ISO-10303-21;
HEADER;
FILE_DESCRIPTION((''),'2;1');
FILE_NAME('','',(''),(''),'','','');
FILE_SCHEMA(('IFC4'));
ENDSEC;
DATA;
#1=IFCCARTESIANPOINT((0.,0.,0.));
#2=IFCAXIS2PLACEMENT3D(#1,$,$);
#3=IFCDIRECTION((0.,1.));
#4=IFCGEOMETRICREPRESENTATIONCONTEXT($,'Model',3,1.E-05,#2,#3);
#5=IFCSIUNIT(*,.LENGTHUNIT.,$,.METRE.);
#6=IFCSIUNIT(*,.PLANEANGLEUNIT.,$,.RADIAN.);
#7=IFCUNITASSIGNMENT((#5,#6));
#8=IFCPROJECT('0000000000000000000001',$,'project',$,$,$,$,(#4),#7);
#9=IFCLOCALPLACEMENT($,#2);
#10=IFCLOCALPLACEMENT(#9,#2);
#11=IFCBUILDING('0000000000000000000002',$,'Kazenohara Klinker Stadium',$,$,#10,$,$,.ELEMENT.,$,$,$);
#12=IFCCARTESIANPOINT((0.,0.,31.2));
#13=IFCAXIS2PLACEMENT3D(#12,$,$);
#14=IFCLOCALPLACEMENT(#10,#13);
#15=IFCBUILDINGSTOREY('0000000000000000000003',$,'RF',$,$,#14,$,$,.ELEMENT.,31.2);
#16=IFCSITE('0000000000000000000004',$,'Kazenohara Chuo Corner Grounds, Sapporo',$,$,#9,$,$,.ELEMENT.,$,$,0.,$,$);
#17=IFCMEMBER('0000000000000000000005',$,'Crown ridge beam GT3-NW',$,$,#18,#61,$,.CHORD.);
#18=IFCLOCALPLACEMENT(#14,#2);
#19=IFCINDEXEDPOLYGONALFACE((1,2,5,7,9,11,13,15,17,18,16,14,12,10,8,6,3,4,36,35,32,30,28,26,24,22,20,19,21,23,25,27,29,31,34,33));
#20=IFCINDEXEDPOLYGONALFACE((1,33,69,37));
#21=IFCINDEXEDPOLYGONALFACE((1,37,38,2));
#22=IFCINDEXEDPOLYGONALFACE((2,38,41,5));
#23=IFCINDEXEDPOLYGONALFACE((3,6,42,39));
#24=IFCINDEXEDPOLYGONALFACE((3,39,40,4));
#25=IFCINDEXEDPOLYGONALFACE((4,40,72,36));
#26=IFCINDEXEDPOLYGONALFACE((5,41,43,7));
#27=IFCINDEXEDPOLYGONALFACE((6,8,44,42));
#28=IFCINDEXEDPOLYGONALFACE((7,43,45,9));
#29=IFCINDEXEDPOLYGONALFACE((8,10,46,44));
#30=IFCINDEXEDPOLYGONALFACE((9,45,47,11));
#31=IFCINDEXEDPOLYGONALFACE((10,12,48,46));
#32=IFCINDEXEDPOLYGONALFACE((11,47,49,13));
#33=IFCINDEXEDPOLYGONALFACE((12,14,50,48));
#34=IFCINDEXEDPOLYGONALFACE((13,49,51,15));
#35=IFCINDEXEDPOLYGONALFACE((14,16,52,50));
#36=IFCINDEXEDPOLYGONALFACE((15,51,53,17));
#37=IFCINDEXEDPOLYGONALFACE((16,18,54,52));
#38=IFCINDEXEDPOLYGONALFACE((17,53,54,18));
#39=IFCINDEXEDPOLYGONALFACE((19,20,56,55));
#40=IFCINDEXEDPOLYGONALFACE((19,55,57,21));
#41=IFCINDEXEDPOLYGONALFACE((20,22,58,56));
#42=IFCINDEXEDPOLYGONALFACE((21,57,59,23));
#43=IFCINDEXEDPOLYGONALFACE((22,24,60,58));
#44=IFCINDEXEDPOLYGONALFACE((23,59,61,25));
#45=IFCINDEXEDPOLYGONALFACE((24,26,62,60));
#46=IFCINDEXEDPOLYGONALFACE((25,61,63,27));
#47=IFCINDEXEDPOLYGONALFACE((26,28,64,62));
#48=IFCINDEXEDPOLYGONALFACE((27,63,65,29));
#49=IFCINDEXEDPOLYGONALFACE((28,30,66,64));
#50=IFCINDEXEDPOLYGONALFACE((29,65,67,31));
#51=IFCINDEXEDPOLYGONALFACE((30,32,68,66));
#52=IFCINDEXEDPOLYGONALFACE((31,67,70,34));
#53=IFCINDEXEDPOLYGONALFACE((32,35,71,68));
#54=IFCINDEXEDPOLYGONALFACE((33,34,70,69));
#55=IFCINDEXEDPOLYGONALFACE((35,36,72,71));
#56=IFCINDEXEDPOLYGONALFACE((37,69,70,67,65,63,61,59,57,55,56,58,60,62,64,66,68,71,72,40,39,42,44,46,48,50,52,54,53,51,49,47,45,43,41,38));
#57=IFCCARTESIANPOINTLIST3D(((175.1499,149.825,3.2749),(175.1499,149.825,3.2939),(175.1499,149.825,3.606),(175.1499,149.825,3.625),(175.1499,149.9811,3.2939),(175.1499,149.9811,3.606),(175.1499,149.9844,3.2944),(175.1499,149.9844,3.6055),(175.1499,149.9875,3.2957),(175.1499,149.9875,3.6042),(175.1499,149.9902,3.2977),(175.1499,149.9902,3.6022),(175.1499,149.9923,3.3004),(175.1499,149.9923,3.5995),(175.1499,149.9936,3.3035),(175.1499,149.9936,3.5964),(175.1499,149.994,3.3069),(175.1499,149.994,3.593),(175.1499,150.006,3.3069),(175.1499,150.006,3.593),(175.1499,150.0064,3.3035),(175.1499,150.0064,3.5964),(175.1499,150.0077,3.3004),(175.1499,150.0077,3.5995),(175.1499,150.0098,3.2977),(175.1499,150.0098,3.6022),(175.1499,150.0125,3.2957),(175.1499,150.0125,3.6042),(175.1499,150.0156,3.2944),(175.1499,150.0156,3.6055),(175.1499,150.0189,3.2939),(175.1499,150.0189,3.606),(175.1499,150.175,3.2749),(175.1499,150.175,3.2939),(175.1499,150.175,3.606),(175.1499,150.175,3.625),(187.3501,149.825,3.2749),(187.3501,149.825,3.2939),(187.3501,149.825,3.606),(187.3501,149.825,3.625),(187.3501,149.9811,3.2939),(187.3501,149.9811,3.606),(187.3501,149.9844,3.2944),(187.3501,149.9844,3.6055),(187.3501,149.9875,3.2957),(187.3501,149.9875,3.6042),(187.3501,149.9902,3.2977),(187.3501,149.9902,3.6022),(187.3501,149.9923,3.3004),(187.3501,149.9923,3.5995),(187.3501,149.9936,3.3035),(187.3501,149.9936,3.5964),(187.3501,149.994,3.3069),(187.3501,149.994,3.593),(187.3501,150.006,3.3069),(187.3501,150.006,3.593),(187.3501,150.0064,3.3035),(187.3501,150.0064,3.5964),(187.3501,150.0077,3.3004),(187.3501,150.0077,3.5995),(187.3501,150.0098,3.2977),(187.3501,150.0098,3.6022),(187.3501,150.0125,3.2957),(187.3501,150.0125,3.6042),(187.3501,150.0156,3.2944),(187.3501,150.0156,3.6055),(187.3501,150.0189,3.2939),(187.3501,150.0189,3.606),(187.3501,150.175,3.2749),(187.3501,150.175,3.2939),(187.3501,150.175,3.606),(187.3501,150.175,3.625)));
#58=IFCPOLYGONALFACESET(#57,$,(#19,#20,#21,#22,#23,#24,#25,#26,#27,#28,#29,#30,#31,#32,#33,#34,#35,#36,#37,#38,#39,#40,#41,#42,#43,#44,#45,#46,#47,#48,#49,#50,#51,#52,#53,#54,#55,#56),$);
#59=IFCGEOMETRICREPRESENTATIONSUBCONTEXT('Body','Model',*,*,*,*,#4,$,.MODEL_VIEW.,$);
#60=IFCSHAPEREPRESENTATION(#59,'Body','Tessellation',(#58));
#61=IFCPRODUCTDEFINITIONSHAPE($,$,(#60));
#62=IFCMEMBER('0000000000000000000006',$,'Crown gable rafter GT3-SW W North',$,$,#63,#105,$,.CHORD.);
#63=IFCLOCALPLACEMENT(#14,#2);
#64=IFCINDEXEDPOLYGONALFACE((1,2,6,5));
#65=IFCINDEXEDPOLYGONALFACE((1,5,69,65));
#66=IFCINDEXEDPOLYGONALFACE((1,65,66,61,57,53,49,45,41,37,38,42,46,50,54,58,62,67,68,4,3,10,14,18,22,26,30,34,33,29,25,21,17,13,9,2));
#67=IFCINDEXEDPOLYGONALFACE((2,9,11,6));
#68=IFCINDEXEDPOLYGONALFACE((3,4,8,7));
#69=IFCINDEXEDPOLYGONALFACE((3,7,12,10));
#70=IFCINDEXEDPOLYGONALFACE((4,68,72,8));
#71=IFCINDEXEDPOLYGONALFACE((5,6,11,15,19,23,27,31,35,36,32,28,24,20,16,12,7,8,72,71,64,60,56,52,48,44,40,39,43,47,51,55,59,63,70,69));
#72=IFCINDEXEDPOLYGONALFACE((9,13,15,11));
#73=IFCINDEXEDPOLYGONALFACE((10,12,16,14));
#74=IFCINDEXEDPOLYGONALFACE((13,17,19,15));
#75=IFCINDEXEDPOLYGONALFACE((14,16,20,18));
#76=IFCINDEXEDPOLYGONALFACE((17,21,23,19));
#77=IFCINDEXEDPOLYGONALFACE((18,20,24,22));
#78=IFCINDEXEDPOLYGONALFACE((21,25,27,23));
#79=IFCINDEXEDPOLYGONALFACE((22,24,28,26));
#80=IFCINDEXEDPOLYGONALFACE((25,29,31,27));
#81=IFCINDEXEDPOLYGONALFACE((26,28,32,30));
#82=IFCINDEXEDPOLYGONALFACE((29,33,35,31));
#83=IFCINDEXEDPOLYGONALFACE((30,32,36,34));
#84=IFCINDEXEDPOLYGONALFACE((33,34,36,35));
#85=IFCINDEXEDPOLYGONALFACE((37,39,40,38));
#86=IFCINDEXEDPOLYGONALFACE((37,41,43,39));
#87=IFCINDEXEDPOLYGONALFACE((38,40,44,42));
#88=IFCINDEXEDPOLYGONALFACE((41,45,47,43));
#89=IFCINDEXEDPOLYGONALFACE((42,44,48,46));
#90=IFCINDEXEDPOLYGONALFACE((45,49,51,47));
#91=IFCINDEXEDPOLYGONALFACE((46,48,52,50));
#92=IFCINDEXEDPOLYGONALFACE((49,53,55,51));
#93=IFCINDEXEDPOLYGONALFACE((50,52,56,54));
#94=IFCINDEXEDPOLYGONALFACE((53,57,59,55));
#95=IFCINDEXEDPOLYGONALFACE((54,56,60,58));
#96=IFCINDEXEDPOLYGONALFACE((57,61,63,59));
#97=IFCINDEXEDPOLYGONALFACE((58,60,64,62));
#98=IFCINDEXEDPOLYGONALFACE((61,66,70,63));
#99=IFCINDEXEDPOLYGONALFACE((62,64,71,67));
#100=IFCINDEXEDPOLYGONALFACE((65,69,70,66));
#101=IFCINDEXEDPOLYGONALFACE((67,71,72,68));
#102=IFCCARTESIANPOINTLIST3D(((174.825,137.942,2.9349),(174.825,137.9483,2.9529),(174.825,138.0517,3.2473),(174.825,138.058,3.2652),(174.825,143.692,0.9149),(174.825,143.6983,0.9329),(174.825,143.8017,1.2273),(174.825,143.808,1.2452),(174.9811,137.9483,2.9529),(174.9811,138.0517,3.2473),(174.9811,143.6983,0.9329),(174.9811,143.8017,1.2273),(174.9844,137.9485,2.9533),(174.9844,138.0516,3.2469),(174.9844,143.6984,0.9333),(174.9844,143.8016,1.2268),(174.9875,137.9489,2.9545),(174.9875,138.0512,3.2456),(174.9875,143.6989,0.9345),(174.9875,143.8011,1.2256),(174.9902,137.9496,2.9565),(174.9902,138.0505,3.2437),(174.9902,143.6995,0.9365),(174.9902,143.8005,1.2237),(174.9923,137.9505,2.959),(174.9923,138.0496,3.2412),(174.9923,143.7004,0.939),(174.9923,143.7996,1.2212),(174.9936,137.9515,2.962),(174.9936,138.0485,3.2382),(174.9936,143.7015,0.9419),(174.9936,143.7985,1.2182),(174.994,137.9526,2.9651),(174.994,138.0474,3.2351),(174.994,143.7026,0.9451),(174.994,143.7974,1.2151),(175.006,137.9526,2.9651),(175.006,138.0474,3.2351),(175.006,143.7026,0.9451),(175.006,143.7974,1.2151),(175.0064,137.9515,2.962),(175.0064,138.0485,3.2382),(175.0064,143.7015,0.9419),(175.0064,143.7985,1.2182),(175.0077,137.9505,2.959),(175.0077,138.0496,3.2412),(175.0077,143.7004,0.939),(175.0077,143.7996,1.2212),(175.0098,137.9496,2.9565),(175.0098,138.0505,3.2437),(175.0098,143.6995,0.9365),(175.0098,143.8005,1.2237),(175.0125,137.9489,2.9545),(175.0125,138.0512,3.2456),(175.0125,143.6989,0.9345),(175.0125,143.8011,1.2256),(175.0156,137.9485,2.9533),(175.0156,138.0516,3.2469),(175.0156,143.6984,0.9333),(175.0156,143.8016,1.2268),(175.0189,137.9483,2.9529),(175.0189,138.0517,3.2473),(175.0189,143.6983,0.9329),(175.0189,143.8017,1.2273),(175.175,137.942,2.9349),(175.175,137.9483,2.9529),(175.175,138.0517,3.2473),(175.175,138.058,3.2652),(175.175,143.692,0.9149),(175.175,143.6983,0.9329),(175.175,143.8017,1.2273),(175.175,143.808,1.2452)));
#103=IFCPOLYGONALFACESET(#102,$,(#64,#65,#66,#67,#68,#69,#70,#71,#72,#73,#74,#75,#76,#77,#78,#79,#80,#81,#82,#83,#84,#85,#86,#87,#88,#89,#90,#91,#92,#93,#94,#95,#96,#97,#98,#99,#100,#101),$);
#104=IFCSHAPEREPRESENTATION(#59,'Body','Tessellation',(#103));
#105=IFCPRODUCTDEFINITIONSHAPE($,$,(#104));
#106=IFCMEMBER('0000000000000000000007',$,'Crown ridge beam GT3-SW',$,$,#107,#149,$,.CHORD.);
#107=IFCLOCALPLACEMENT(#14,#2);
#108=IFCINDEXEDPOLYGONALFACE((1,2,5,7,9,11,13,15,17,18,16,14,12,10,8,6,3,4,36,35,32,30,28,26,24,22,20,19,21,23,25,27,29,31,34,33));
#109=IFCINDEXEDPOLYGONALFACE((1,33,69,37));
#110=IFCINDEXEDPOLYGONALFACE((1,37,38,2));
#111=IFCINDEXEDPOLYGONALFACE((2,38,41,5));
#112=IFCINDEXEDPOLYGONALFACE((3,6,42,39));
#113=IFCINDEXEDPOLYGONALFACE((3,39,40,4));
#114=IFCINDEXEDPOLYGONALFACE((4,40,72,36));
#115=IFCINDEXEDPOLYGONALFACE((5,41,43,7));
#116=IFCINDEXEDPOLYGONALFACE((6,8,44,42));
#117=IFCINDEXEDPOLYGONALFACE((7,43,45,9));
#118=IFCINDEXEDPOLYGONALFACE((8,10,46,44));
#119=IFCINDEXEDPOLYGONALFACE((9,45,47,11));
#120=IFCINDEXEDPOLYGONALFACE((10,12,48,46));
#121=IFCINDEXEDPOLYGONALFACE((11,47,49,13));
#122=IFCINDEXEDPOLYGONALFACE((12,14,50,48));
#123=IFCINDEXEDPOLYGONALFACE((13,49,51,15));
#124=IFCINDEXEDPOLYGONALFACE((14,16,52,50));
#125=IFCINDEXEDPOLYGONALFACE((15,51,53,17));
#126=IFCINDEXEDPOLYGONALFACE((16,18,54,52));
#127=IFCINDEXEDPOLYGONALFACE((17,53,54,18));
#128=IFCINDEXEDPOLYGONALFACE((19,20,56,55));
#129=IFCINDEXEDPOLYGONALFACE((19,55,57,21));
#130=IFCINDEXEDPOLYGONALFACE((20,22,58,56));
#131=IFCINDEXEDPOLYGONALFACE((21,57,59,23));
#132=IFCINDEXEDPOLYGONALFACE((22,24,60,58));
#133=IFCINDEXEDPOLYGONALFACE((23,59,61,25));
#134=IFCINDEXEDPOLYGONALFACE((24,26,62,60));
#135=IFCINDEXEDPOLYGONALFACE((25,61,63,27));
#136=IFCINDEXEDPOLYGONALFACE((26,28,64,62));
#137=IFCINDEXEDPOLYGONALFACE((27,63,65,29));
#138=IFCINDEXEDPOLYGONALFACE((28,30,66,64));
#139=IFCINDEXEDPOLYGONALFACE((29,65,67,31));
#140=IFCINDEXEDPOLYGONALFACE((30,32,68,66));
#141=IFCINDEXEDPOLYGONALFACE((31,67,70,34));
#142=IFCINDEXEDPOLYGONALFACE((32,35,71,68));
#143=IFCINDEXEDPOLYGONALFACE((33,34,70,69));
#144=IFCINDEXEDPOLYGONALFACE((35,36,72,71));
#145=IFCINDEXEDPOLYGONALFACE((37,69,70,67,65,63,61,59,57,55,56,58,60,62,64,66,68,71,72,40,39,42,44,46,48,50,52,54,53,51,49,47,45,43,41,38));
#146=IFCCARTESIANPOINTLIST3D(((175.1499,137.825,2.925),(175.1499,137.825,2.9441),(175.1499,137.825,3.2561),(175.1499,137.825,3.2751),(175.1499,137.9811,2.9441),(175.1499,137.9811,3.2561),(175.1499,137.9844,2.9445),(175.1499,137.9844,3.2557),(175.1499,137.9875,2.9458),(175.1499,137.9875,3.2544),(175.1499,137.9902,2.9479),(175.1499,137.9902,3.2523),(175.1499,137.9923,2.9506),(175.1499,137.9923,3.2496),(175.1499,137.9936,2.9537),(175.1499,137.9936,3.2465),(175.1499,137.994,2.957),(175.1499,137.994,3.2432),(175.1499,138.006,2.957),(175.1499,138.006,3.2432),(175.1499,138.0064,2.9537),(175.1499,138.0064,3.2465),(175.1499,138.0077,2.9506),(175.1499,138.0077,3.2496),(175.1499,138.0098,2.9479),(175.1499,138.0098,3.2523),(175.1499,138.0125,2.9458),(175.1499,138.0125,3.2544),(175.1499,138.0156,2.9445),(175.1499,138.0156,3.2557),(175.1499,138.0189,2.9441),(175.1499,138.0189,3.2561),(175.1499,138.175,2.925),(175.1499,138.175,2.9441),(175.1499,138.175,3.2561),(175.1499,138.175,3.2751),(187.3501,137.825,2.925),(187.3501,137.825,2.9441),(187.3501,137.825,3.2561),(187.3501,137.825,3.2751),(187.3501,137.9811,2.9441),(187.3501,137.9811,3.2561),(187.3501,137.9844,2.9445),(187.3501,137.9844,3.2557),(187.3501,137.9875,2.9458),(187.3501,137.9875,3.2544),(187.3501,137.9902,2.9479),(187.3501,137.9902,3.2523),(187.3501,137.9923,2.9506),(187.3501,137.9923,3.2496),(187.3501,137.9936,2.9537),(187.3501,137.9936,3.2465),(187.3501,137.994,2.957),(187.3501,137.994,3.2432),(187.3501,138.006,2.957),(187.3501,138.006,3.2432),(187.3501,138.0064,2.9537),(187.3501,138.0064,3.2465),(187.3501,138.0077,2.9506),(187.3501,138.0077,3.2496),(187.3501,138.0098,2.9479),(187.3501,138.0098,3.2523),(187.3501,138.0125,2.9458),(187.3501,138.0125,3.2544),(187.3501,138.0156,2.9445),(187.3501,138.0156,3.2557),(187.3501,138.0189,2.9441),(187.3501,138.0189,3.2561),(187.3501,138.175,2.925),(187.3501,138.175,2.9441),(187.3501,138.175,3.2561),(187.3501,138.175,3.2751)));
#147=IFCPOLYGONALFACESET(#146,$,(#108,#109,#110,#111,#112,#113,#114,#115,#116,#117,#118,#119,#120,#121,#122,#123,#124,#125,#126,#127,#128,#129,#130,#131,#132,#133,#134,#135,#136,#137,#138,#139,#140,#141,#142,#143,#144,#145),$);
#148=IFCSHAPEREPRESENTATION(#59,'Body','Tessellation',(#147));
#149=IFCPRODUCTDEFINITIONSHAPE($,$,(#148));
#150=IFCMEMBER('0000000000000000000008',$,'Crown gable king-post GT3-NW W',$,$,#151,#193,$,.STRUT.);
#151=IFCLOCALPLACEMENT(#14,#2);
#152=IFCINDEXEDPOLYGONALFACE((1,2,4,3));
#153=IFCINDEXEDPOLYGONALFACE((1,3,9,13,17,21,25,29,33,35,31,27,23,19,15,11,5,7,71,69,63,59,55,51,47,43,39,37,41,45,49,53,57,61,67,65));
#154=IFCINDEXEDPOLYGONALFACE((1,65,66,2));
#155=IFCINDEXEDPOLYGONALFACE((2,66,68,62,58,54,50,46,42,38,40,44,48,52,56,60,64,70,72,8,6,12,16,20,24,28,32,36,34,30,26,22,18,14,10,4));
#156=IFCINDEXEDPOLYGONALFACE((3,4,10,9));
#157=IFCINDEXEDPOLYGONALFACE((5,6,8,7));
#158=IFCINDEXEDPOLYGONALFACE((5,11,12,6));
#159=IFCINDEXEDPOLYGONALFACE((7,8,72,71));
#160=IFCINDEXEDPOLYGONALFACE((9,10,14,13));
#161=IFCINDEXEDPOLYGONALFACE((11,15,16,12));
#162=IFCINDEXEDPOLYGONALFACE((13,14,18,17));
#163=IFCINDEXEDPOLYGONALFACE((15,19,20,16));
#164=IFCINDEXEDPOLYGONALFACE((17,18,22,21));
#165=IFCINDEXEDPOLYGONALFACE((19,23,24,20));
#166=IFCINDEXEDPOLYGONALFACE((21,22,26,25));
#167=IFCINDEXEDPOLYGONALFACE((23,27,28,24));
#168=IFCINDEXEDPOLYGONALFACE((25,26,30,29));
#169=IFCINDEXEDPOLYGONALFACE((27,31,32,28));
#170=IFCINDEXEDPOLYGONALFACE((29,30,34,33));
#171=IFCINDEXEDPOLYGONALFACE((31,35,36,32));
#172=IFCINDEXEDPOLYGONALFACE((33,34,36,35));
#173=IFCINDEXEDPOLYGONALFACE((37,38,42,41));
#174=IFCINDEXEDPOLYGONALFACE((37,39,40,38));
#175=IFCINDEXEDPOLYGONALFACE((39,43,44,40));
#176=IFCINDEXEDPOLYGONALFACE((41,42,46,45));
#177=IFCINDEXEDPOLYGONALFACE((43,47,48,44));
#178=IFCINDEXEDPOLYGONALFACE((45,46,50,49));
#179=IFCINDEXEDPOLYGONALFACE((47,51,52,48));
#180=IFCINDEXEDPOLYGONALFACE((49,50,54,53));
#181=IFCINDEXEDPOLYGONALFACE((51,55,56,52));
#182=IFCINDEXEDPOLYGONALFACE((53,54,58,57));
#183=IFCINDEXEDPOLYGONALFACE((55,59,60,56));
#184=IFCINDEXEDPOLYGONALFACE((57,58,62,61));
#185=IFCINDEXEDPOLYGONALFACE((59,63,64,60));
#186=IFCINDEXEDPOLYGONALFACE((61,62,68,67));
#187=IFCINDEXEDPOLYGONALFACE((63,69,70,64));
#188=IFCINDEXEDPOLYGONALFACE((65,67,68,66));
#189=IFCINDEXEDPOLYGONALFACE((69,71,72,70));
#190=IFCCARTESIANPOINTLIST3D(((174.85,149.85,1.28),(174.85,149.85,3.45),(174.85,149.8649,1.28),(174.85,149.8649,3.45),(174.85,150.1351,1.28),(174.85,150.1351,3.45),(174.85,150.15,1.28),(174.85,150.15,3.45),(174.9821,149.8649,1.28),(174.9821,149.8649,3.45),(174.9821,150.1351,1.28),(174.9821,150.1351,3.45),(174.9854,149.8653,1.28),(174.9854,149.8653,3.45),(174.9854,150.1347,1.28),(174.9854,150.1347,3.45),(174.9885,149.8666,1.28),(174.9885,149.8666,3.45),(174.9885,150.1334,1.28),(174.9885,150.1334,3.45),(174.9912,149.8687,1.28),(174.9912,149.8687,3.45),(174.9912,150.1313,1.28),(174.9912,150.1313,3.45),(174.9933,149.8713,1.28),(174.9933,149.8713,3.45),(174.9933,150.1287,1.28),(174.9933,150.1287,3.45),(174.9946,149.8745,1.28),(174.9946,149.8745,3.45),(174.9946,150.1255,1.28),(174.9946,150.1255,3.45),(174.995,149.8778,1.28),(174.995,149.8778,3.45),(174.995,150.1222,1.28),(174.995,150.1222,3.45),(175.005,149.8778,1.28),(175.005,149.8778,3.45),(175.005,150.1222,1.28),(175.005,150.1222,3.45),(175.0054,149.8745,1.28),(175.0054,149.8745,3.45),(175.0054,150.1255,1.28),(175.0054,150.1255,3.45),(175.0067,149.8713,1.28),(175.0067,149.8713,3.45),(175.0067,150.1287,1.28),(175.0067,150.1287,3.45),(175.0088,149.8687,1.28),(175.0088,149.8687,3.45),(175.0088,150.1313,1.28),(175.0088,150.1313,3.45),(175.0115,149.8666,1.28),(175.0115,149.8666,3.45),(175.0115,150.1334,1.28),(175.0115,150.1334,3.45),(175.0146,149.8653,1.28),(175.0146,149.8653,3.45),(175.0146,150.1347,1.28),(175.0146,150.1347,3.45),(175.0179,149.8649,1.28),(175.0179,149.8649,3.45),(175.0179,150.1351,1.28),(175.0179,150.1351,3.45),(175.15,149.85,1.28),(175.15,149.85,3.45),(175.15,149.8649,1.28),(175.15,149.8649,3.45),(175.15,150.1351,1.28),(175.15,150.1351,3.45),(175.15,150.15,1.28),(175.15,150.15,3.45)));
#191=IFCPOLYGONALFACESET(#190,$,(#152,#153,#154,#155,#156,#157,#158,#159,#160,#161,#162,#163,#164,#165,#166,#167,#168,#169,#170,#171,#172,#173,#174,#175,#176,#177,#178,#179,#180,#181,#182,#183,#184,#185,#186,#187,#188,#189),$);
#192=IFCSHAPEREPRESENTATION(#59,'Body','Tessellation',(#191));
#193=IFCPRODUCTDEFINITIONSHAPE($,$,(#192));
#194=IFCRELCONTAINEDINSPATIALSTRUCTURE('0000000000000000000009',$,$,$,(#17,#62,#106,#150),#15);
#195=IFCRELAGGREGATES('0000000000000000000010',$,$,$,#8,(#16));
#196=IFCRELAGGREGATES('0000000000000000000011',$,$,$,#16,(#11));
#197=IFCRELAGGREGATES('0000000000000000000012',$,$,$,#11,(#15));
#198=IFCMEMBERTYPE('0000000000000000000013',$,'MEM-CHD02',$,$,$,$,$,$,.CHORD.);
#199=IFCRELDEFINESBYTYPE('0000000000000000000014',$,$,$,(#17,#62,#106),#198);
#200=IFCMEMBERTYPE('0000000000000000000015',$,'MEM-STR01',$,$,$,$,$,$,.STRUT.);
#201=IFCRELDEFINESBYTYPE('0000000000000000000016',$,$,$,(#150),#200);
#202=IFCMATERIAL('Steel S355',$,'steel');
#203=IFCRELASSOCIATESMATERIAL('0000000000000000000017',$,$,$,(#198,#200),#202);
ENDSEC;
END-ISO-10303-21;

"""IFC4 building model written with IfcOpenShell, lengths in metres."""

from ifc_helpers import new_model, si_unit, direction, frame, origin, origin_2d, place, context, subcontext, project, spatial, i_section, extrude, material, material_profile, profile_set, type_object, element, save


model = new_model("IFC4")

# Units and contexts
model_context = context("Model", 3, precision=1e-05, world=origin(), true_north=direction((0.0, 1.0)))
body_context = subcontext(model_context, "Body", "Model", "MODEL_VIEW")
ifc_project = project(units=[si_unit("LENGTHUNIT", "METRE"), si_unit("PLANEANGLEUNIT", "RADIAN")], contexts=[model_context])

# Site, building, storey
site_placement = place(None, origin())
site = spatial("IfcSite", under=ifc_project, at=site_placement, Name="Kazenohara Chuo Corner Grounds, Sapporo", CompositionType="ELEMENT", RefElevation=0.0)
building_placement = place(site_placement, origin())
building = spatial("IfcBuilding", under=site, at=building_placement, Name="Kazenohara Klinker Stadium", CompositionType="ELEMENT")
storey_placement = place(building_placement, frame((0.0, 0.0, 31.2)))
storey = spatial("IfcBuildingStorey", under=building, at=storey_placement, Name="RF", CompositionType="ELEMENT", Elevation=31.2)

# Members
ifc_material_1 = material(Name="Steel S355", Category="steel")
ifc_material_profile_1 = material_profile(ifc_material_1, i_section(OverallWidth=0.3501, OverallDepth=0.3501, WebThickness=0.012, FlangeThickness=0.019, FilletRadius=0.0129, at=origin_2d()), Name="H-350x350x12x19")
ifc_profile_set_1 = profile_set([ifc_material_profile_1], Name="Steel S355")
member_type_1 = type_object("IfcMemberType", Name="MEM-CHD02", PredefinedType="CHORD", material=ifc_profile_set_1)
member_1_placement = place(storey_placement, frame((175.1499, 150.0, 3.45), z_axis=(1.0, 0.0, 0.0), x_axis=(0.0, 1.0, 0.0)))
element("IfcMember", 1, at=member_1_placement, inside=storey, type_object=member_type_1, Name="Crown ridge beam GT3-NW", PredefinedType="CHORD", context=body_context, shape_type="SweptSolid", body=[
    extrude(i_section(OverallWidth=0.3501, OverallDepth=0.3501, WebThickness=0.012, FlangeThickness=0.019, FilletRadius=0.0129, at=origin_2d()), origin(), (0.0, 0.0, 1.0), 12.2002),
])
member_2_placement = place(storey_placement, frame((175.0, 143.75, 1.0801), z_axis=(0.0, -0.943473, 0.331449), x_axis=(1.0, 0.0, 0.0)))
element("IfcMember", 2, at=member_2_placement, inside=storey, type_object=member_type_1, Name="Crown gable rafter GT3-SW W North", PredefinedType="CHORD", context=body_context, shape_type="SweptSolid", body=[
    extrude(i_section(OverallWidth=0.3501, OverallDepth=0.3501, WebThickness=0.012, FlangeThickness=0.019, FilletRadius=0.0129, at=origin_2d()), origin(), (0.0, 0.0, 1.0), 6.0945),
])
member_3_placement = place(storey_placement, frame((175.1499, 138.0, 3.1001), z_axis=(1.0, 0.0, 0.0), x_axis=(0.0, 1.0, 0.0)))
element("IfcMember", 3, at=member_3_placement, inside=storey, type_object=member_type_1, Name="Crown ridge beam GT3-SW", PredefinedType="CHORD", context=body_context, shape_type="SweptSolid", body=[
    extrude(i_section(OverallWidth=0.3501, OverallDepth=0.3501, WebThickness=0.012, FlangeThickness=0.019, FilletRadius=0.0129, at=origin_2d()), origin(), (0.0, 0.0, 1.0), 12.2002),
])
ifc_material_profile_2 = material_profile(ifc_material_1, i_section(OverallWidth=0.3, OverallDepth=0.3, WebThickness=0.01, FlangeThickness=0.0149, FilletRadius=0.0129, at=origin_2d()), Name="H-300x300x10x15")
ifc_profile_set_2 = profile_set([ifc_material_profile_2], Name="Steel S355")
member_type_2 = type_object("IfcMemberType", Name="MEM-STR01", PredefinedType="STRUT", material=ifc_profile_set_2)
member_4_placement = place(storey_placement, frame((175.0, 150.0, 1.28), z_axis=(0.0, 0.0, 1.0), x_axis=(1.0, 0.0, 0.0)))
element("IfcMember", 4, at=member_4_placement, inside=storey, type_object=member_type_2, Name="Crown gable king-post GT3-NW W", PredefinedType="STRUT", context=body_context, shape_type="SweptSolid", body=[
    extrude(i_section(OverallWidth=0.3, OverallDepth=0.3, WebThickness=0.01, FlangeThickness=0.0149, FilletRadius=0.0129, at=origin_2d()), origin(), (0.0, 0.0, 1.0), 2.1699),
])

save(model, "model.ifc")
